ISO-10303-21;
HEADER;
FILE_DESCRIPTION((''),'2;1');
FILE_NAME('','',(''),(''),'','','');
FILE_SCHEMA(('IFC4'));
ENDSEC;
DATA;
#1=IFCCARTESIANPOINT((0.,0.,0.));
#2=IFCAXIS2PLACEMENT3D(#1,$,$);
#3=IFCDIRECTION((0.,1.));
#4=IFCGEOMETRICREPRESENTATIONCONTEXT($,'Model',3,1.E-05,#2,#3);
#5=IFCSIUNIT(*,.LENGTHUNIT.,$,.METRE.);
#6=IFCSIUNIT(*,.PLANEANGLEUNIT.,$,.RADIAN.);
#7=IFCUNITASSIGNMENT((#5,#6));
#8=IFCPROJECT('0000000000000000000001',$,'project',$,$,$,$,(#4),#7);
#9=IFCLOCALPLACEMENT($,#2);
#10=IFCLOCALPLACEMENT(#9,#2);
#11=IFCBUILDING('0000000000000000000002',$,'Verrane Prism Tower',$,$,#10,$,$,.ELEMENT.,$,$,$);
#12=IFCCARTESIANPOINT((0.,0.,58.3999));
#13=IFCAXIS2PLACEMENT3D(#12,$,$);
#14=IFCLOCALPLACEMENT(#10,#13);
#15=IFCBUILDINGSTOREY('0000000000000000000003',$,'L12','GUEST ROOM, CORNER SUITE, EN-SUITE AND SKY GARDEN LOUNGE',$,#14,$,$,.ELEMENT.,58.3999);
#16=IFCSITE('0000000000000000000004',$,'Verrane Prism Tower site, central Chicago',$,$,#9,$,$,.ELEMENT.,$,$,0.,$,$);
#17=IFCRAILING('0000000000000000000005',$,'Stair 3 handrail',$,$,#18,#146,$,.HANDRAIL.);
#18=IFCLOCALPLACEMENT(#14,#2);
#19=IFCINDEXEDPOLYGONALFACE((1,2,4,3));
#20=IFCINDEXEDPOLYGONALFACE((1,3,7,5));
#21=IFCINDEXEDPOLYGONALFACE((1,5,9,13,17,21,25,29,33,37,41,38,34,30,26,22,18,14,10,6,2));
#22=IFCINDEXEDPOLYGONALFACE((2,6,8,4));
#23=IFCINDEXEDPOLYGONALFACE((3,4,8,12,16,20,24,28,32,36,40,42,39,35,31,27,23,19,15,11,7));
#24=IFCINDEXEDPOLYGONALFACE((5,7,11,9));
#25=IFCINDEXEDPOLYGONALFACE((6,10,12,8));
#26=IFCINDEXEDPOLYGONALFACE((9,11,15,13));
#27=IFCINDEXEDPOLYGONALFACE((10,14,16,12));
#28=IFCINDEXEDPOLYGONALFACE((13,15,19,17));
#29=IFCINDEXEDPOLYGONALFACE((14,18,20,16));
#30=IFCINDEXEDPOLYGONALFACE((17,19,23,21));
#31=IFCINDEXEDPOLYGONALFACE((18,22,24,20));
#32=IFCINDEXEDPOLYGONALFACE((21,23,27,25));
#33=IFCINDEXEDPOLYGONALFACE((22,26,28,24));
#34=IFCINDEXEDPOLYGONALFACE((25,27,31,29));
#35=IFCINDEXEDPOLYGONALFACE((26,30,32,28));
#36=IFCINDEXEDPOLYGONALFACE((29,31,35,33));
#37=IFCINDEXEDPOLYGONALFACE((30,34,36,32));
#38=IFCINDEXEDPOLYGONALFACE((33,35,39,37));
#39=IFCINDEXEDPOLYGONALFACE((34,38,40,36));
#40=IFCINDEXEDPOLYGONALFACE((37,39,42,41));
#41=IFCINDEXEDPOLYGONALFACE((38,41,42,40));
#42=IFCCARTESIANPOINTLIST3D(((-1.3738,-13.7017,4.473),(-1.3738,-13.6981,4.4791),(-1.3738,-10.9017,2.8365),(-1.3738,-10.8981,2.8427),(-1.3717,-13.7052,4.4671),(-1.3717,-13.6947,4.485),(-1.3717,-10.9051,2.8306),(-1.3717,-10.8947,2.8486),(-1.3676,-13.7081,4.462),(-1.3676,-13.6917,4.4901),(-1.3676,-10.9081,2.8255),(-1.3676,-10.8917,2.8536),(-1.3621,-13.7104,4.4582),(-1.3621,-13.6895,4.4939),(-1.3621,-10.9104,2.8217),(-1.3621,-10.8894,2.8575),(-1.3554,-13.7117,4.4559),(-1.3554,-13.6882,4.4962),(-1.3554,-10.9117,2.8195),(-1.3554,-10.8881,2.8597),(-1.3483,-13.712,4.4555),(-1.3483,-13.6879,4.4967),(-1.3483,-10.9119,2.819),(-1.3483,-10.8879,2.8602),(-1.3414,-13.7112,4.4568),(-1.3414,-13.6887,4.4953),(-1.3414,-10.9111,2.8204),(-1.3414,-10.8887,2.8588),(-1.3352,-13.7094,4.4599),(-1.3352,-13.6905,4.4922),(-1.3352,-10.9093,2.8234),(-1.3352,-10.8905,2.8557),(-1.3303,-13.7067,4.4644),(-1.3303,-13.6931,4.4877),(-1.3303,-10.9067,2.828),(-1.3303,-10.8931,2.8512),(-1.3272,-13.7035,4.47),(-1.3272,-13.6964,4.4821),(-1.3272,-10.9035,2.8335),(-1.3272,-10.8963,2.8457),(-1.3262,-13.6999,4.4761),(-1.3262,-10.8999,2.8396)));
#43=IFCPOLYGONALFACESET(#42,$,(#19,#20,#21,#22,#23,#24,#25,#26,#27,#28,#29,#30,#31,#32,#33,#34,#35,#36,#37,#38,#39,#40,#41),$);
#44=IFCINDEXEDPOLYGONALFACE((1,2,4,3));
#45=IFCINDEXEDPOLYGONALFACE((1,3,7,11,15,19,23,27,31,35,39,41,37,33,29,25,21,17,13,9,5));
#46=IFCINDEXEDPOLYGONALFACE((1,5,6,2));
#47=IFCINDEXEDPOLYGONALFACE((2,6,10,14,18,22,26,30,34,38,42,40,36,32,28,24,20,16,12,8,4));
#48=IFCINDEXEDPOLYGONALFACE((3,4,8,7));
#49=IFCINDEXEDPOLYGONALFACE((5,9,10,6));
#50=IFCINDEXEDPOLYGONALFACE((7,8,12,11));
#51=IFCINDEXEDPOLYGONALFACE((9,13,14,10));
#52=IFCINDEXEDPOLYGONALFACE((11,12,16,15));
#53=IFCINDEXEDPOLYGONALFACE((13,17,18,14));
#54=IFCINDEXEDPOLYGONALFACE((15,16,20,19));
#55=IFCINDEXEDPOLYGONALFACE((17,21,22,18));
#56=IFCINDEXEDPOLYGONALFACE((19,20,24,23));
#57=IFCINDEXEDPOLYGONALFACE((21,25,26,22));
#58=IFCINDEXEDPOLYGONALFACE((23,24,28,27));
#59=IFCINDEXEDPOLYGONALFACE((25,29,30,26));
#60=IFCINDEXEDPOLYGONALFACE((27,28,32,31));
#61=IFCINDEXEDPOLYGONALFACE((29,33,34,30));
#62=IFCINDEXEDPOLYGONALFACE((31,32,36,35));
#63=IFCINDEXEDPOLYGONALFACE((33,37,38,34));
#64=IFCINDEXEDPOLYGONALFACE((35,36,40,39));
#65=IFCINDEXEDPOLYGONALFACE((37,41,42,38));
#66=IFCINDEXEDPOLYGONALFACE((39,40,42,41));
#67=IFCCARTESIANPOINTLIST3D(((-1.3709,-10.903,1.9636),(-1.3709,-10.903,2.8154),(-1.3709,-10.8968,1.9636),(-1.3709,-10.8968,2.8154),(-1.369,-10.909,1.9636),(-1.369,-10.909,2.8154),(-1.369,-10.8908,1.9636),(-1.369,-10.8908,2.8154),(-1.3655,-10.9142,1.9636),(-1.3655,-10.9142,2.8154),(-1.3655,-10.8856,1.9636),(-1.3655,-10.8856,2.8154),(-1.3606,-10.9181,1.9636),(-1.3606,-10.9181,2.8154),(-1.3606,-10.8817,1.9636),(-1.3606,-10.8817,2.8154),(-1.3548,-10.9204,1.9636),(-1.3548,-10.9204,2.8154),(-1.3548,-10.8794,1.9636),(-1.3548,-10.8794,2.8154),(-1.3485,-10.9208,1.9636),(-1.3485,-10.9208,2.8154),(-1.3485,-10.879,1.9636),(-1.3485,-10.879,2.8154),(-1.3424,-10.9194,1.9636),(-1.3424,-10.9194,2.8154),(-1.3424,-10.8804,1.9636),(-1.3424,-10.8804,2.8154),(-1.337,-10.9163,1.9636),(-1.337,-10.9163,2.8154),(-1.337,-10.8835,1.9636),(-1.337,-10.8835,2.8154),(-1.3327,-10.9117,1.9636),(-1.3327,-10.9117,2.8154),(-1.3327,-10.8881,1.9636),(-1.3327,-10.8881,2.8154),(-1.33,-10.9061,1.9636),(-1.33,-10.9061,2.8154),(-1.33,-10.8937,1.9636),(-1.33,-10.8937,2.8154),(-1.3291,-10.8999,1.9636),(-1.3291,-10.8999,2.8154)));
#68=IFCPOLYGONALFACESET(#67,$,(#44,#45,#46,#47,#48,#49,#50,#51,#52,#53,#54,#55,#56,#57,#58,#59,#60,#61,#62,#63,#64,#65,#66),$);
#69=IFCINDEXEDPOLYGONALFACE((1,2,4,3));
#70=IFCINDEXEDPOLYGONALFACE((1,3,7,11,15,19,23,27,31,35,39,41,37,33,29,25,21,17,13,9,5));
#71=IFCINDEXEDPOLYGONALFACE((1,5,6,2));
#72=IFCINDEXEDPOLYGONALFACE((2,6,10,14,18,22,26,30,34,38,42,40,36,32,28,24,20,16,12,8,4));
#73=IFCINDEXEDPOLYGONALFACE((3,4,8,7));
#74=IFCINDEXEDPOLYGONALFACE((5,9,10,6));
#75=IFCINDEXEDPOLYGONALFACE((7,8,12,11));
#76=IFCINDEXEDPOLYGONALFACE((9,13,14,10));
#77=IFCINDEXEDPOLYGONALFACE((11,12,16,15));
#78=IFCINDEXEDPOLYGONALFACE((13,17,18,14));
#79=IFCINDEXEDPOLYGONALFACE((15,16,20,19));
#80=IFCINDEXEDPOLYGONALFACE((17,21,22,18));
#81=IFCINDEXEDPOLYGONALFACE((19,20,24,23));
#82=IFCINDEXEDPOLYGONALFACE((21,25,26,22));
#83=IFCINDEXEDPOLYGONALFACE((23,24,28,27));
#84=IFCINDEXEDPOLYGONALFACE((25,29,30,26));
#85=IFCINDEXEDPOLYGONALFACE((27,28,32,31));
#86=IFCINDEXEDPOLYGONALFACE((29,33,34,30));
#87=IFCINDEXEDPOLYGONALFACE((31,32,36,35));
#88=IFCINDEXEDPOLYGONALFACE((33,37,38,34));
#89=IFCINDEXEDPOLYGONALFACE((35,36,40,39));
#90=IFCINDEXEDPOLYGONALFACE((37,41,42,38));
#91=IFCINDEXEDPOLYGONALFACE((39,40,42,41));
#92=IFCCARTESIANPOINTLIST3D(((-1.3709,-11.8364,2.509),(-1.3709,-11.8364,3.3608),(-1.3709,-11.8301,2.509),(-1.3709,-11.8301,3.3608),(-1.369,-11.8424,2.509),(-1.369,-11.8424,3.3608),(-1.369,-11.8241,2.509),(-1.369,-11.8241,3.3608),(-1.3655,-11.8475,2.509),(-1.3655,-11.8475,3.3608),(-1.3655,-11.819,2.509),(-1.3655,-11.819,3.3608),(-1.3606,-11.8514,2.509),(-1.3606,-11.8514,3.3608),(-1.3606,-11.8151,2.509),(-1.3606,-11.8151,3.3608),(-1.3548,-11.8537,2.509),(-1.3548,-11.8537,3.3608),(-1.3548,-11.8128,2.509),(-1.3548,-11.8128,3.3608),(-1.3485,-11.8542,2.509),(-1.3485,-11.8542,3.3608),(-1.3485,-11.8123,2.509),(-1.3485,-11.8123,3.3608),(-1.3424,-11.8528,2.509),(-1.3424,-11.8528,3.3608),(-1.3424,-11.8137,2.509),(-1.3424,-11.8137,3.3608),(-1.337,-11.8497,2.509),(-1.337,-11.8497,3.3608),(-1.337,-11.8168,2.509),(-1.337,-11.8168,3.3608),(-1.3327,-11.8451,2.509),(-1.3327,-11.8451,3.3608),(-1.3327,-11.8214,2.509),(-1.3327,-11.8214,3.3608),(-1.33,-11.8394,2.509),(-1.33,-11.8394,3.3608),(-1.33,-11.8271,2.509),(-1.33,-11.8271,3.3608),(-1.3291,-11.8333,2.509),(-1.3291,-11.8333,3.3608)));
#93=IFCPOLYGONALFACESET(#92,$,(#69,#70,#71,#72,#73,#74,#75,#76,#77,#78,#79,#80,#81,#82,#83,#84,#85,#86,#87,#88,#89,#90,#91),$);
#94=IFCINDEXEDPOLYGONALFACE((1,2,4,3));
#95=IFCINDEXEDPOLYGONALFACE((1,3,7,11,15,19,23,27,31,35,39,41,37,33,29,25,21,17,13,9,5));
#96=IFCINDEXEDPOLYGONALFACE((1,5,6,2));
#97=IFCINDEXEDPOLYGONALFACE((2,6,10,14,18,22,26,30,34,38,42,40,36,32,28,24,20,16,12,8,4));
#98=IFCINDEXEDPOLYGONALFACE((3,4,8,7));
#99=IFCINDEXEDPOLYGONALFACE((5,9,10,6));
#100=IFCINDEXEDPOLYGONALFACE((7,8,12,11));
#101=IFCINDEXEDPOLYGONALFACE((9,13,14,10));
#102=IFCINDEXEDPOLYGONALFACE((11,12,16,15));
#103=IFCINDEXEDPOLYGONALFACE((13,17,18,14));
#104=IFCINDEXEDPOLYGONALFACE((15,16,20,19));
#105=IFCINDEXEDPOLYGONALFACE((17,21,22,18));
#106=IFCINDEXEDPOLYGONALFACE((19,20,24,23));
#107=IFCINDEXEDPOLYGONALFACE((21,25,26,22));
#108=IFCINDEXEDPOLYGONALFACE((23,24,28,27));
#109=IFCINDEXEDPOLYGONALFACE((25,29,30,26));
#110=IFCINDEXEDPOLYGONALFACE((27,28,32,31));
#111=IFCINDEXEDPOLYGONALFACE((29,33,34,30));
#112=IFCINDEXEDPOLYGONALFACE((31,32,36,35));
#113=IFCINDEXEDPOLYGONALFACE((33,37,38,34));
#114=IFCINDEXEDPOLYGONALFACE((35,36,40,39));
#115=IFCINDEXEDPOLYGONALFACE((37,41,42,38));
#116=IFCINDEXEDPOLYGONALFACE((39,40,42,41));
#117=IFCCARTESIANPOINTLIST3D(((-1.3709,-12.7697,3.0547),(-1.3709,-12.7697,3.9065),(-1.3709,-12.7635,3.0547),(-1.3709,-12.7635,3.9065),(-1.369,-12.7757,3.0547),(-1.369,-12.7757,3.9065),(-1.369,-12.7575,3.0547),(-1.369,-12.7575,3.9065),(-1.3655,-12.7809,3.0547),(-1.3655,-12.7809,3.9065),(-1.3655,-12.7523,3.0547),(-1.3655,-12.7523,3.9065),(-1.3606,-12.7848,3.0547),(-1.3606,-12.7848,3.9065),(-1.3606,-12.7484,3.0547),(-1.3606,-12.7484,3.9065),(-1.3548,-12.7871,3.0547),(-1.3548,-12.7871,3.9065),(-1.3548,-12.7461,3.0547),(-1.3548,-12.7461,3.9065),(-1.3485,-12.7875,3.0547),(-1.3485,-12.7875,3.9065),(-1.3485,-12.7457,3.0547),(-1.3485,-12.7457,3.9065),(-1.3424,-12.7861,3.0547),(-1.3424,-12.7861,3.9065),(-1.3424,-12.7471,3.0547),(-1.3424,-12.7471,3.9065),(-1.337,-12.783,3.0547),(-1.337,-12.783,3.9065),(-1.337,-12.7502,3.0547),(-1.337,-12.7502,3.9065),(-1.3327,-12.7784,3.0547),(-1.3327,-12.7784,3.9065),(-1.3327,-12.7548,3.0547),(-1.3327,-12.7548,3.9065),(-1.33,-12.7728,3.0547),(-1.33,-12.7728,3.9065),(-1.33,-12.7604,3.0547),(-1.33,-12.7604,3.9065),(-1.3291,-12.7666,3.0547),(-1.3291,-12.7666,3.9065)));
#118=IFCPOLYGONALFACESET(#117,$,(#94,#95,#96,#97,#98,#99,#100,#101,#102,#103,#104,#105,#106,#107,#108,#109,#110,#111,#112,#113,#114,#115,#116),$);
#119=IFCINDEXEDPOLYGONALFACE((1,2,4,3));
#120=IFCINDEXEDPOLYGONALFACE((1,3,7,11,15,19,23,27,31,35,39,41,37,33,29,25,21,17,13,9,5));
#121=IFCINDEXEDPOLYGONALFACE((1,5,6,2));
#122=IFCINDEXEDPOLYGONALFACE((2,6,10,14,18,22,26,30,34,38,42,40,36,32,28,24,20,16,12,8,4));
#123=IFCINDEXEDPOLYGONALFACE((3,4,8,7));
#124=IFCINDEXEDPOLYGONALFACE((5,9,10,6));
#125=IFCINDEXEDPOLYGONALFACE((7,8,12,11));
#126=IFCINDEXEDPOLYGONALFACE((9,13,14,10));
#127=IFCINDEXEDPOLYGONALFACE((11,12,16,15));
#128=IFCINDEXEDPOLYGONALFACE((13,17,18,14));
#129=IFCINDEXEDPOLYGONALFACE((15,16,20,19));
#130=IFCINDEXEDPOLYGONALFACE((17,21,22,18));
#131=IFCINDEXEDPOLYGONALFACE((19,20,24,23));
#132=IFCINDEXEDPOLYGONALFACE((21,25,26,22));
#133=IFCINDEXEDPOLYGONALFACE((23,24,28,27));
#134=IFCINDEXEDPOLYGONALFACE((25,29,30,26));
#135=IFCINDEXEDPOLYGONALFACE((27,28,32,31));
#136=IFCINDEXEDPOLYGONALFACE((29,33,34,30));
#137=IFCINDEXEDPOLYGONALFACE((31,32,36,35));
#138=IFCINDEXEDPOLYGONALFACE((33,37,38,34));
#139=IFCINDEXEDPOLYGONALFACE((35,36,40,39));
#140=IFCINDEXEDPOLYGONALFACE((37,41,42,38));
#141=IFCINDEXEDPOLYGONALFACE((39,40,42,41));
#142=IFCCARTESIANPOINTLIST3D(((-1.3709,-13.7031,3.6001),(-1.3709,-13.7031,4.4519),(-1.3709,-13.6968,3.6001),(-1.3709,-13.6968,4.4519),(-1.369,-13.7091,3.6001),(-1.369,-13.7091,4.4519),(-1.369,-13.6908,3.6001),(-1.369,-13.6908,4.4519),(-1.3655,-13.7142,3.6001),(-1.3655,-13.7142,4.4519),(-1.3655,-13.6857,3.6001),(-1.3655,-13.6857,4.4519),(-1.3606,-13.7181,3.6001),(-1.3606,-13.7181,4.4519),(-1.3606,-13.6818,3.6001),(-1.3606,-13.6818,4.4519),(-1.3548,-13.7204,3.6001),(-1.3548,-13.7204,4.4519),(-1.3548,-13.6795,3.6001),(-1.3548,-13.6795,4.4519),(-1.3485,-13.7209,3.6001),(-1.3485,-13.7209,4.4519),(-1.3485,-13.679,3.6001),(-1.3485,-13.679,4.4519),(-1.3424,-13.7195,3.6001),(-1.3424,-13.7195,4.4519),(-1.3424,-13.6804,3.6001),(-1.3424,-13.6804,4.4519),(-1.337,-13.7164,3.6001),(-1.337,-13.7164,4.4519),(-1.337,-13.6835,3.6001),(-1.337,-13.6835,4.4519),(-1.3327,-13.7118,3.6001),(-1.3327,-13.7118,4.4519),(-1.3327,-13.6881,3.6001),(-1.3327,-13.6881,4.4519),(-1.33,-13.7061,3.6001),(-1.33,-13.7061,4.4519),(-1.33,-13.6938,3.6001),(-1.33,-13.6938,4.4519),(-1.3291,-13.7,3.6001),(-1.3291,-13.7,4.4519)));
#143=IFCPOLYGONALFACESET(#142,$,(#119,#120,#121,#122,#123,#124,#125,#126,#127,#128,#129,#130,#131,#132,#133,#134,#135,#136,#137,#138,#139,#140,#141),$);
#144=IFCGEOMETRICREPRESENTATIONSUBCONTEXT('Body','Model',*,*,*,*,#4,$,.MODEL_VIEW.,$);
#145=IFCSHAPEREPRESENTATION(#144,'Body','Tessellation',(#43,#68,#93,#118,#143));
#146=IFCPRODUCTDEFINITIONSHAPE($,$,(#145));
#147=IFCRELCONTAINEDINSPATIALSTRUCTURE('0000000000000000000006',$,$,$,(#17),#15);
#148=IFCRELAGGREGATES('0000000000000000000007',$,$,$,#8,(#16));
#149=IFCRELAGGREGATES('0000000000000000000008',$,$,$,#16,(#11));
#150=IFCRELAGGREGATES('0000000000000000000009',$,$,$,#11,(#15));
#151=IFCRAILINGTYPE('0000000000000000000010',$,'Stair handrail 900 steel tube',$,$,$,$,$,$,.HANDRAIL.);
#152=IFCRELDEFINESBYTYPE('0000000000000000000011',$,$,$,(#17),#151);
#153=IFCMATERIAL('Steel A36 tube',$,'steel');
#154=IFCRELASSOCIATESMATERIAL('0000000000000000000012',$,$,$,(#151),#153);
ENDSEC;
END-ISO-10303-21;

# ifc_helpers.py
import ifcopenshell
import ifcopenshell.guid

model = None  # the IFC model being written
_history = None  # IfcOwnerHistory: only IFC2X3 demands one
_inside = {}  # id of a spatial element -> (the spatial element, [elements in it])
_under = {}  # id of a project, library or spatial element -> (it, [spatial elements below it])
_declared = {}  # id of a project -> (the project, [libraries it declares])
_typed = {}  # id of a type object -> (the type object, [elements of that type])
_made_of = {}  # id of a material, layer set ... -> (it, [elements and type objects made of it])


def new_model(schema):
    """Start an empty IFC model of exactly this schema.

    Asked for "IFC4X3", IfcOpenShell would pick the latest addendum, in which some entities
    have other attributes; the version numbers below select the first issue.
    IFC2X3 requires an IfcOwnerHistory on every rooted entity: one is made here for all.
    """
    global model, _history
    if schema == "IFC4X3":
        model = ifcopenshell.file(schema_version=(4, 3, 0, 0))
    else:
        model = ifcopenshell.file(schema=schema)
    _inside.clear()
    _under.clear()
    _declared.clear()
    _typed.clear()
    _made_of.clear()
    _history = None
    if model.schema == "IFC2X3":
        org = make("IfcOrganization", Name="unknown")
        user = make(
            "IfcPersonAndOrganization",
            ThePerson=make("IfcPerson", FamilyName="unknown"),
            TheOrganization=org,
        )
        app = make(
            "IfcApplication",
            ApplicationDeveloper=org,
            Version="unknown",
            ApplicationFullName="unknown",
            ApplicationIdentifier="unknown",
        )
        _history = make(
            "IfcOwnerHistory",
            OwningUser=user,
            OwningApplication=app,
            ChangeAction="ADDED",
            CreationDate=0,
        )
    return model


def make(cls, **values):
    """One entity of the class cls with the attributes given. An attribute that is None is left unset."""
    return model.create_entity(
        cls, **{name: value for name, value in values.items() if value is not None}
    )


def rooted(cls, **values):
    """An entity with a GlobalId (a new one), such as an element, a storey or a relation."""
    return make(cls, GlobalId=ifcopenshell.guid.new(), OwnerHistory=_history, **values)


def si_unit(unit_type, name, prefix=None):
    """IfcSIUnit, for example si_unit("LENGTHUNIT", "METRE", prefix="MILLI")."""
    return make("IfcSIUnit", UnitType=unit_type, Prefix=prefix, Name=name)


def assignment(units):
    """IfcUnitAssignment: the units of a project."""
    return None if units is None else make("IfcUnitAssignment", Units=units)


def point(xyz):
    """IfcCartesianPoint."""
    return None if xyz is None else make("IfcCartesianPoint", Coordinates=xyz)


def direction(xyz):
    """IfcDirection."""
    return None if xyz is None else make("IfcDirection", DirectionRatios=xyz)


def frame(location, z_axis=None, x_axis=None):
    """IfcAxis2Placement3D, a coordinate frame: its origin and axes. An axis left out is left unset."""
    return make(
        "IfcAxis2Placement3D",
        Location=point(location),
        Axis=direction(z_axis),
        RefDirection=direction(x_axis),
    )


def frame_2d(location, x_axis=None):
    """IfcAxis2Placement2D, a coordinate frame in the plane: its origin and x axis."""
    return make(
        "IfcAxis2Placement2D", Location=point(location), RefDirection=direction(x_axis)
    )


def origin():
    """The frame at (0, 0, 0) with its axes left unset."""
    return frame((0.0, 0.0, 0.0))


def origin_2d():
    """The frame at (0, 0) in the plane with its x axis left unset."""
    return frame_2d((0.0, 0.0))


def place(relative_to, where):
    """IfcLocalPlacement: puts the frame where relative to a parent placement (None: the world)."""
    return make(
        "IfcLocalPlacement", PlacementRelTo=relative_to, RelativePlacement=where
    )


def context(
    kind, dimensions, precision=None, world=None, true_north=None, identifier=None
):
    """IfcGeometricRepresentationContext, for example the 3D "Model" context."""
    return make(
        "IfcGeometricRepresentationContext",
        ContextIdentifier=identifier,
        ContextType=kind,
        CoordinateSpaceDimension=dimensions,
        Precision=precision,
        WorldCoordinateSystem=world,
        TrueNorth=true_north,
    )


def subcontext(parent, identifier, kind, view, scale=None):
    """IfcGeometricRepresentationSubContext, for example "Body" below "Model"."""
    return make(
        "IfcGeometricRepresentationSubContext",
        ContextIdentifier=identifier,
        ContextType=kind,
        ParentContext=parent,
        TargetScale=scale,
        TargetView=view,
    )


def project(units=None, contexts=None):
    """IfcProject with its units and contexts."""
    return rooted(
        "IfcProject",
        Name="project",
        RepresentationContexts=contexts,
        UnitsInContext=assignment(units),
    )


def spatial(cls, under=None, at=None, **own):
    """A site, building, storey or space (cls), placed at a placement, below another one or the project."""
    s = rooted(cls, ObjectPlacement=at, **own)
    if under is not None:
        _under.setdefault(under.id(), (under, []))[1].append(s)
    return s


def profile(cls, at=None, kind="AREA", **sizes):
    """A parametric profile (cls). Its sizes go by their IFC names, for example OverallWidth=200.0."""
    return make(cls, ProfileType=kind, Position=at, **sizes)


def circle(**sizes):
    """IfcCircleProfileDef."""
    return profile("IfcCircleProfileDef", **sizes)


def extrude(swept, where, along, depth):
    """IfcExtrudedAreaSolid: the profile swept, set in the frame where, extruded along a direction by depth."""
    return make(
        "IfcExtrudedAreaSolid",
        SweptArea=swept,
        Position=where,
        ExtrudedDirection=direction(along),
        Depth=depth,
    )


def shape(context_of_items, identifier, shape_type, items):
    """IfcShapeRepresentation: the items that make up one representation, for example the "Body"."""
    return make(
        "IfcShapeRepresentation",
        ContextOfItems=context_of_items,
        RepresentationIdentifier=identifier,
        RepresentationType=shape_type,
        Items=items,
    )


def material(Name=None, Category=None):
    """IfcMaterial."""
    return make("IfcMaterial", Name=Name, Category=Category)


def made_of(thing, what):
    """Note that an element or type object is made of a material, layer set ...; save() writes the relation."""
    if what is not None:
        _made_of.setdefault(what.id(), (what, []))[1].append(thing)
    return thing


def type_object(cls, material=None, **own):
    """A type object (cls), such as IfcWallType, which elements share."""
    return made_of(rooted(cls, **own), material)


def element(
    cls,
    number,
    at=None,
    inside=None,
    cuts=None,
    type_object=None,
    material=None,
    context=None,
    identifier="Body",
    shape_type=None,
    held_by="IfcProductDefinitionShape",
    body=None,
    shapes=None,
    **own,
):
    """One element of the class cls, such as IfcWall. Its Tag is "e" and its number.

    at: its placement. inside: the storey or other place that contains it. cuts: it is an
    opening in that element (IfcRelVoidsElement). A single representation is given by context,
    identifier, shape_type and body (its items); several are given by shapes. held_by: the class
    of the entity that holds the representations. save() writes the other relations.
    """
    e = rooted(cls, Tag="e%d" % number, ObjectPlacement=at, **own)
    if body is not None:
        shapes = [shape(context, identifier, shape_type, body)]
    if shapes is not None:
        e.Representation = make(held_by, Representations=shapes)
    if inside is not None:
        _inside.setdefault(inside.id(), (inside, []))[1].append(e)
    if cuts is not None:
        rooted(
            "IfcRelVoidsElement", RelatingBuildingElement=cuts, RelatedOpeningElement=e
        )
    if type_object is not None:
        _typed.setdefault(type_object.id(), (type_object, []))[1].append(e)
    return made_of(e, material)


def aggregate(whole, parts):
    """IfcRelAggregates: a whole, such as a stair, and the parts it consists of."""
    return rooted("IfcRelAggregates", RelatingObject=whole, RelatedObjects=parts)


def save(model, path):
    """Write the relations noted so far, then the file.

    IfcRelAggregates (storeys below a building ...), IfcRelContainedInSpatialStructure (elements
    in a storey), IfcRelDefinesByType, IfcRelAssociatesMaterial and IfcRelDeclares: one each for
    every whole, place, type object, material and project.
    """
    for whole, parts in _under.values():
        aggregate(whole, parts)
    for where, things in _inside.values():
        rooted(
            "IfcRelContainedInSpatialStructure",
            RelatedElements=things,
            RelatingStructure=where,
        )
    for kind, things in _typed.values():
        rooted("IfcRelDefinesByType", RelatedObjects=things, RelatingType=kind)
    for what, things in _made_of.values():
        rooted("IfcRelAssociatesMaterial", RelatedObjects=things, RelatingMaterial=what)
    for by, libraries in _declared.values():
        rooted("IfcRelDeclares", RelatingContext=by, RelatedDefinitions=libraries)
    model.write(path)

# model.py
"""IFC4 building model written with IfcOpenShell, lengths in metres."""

from ifc_helpers import new_model, si_unit, direction, frame, origin, origin_2d, place, context, subcontext, project, spatial, circle, extrude, material, type_object, element, save


model = new_model("IFC4")

# Units and contexts
model_context = context("Model", 3, precision=1e-05, world=origin(), true_north=direction((0.0, 1.0)))
body_context = subcontext(model_context, "Body", "Model", "MODEL_VIEW")
ifc_project = project(units=[si_unit("LENGTHUNIT", "METRE"), si_unit("PLANEANGLEUNIT", "RADIAN")], contexts=[model_context])

# Site, building, storey
site_placement = place(None, origin())
site = spatial("IfcSite", under=ifc_project, at=site_placement, Name="Verrane Prism Tower site, central Chicago", CompositionType="ELEMENT", RefElevation=0.0)
building_placement = place(site_placement, origin())
building = spatial("IfcBuilding", under=site, at=building_placement, Name="Verrane Prism Tower", CompositionType="ELEMENT")
storey_placement = place(building_placement, frame((0.0, 0.0, 58.3999)))
storey = spatial("IfcBuildingStorey", under=building, at=storey_placement, Name="L12", Description="GUEST ROOM, CORNER SUITE, EN-SUITE AND SKY GARDEN LOUNGE", CompositionType="ELEMENT", Elevation=58.3999)

# Railing
ifc_material_1 = material(Name="Steel A36 tube", Category="steel")
railing_type = type_object("IfcRailingType", Name="Stair handrail 900 steel tube", PredefinedType="HANDRAIL", material=ifc_material_1)
railing_placement = place(storey_placement, frame((-1.3501, -10.8999, 1.9636)))
element("IfcRailing", 1, at=railing_placement, inside=storey, type_object=railing_type, Name="Stair 3 handrail", PredefinedType="HANDRAIL", context=body_context, shape_type="SweptSolid", body=[
    extrude(circle(Radius=0.0239, at=origin_2d()), frame((0.0, 0.0, 0.876), z_axis=(0.0, -0.863361, 0.504587), x_axis=(1.0, 0.0, 0.0)), (0.0, 0.0, 1.0), 3.2432),
    extrude(circle(Radius=0.021, at=origin_2d()), origin(), (0.0, 0.0, 1.0), 0.8518),
    extrude(circle(Radius=0.021, at=origin_2d()), frame((0.0, -0.9333, 0.5454)), (0.0, 0.0, 1.0), 0.8518),
    extrude(circle(Radius=0.021, at=origin_2d()), frame((0.0, -1.8667, 1.0911)), (0.0, 0.0, 1.0), 0.8518),
    extrude(circle(Radius=0.021, at=origin_2d()), frame((0.0, -2.8, 1.6365)), (0.0, 0.0, 1.0), 0.8518),
])

save(model, "model.ifc")
